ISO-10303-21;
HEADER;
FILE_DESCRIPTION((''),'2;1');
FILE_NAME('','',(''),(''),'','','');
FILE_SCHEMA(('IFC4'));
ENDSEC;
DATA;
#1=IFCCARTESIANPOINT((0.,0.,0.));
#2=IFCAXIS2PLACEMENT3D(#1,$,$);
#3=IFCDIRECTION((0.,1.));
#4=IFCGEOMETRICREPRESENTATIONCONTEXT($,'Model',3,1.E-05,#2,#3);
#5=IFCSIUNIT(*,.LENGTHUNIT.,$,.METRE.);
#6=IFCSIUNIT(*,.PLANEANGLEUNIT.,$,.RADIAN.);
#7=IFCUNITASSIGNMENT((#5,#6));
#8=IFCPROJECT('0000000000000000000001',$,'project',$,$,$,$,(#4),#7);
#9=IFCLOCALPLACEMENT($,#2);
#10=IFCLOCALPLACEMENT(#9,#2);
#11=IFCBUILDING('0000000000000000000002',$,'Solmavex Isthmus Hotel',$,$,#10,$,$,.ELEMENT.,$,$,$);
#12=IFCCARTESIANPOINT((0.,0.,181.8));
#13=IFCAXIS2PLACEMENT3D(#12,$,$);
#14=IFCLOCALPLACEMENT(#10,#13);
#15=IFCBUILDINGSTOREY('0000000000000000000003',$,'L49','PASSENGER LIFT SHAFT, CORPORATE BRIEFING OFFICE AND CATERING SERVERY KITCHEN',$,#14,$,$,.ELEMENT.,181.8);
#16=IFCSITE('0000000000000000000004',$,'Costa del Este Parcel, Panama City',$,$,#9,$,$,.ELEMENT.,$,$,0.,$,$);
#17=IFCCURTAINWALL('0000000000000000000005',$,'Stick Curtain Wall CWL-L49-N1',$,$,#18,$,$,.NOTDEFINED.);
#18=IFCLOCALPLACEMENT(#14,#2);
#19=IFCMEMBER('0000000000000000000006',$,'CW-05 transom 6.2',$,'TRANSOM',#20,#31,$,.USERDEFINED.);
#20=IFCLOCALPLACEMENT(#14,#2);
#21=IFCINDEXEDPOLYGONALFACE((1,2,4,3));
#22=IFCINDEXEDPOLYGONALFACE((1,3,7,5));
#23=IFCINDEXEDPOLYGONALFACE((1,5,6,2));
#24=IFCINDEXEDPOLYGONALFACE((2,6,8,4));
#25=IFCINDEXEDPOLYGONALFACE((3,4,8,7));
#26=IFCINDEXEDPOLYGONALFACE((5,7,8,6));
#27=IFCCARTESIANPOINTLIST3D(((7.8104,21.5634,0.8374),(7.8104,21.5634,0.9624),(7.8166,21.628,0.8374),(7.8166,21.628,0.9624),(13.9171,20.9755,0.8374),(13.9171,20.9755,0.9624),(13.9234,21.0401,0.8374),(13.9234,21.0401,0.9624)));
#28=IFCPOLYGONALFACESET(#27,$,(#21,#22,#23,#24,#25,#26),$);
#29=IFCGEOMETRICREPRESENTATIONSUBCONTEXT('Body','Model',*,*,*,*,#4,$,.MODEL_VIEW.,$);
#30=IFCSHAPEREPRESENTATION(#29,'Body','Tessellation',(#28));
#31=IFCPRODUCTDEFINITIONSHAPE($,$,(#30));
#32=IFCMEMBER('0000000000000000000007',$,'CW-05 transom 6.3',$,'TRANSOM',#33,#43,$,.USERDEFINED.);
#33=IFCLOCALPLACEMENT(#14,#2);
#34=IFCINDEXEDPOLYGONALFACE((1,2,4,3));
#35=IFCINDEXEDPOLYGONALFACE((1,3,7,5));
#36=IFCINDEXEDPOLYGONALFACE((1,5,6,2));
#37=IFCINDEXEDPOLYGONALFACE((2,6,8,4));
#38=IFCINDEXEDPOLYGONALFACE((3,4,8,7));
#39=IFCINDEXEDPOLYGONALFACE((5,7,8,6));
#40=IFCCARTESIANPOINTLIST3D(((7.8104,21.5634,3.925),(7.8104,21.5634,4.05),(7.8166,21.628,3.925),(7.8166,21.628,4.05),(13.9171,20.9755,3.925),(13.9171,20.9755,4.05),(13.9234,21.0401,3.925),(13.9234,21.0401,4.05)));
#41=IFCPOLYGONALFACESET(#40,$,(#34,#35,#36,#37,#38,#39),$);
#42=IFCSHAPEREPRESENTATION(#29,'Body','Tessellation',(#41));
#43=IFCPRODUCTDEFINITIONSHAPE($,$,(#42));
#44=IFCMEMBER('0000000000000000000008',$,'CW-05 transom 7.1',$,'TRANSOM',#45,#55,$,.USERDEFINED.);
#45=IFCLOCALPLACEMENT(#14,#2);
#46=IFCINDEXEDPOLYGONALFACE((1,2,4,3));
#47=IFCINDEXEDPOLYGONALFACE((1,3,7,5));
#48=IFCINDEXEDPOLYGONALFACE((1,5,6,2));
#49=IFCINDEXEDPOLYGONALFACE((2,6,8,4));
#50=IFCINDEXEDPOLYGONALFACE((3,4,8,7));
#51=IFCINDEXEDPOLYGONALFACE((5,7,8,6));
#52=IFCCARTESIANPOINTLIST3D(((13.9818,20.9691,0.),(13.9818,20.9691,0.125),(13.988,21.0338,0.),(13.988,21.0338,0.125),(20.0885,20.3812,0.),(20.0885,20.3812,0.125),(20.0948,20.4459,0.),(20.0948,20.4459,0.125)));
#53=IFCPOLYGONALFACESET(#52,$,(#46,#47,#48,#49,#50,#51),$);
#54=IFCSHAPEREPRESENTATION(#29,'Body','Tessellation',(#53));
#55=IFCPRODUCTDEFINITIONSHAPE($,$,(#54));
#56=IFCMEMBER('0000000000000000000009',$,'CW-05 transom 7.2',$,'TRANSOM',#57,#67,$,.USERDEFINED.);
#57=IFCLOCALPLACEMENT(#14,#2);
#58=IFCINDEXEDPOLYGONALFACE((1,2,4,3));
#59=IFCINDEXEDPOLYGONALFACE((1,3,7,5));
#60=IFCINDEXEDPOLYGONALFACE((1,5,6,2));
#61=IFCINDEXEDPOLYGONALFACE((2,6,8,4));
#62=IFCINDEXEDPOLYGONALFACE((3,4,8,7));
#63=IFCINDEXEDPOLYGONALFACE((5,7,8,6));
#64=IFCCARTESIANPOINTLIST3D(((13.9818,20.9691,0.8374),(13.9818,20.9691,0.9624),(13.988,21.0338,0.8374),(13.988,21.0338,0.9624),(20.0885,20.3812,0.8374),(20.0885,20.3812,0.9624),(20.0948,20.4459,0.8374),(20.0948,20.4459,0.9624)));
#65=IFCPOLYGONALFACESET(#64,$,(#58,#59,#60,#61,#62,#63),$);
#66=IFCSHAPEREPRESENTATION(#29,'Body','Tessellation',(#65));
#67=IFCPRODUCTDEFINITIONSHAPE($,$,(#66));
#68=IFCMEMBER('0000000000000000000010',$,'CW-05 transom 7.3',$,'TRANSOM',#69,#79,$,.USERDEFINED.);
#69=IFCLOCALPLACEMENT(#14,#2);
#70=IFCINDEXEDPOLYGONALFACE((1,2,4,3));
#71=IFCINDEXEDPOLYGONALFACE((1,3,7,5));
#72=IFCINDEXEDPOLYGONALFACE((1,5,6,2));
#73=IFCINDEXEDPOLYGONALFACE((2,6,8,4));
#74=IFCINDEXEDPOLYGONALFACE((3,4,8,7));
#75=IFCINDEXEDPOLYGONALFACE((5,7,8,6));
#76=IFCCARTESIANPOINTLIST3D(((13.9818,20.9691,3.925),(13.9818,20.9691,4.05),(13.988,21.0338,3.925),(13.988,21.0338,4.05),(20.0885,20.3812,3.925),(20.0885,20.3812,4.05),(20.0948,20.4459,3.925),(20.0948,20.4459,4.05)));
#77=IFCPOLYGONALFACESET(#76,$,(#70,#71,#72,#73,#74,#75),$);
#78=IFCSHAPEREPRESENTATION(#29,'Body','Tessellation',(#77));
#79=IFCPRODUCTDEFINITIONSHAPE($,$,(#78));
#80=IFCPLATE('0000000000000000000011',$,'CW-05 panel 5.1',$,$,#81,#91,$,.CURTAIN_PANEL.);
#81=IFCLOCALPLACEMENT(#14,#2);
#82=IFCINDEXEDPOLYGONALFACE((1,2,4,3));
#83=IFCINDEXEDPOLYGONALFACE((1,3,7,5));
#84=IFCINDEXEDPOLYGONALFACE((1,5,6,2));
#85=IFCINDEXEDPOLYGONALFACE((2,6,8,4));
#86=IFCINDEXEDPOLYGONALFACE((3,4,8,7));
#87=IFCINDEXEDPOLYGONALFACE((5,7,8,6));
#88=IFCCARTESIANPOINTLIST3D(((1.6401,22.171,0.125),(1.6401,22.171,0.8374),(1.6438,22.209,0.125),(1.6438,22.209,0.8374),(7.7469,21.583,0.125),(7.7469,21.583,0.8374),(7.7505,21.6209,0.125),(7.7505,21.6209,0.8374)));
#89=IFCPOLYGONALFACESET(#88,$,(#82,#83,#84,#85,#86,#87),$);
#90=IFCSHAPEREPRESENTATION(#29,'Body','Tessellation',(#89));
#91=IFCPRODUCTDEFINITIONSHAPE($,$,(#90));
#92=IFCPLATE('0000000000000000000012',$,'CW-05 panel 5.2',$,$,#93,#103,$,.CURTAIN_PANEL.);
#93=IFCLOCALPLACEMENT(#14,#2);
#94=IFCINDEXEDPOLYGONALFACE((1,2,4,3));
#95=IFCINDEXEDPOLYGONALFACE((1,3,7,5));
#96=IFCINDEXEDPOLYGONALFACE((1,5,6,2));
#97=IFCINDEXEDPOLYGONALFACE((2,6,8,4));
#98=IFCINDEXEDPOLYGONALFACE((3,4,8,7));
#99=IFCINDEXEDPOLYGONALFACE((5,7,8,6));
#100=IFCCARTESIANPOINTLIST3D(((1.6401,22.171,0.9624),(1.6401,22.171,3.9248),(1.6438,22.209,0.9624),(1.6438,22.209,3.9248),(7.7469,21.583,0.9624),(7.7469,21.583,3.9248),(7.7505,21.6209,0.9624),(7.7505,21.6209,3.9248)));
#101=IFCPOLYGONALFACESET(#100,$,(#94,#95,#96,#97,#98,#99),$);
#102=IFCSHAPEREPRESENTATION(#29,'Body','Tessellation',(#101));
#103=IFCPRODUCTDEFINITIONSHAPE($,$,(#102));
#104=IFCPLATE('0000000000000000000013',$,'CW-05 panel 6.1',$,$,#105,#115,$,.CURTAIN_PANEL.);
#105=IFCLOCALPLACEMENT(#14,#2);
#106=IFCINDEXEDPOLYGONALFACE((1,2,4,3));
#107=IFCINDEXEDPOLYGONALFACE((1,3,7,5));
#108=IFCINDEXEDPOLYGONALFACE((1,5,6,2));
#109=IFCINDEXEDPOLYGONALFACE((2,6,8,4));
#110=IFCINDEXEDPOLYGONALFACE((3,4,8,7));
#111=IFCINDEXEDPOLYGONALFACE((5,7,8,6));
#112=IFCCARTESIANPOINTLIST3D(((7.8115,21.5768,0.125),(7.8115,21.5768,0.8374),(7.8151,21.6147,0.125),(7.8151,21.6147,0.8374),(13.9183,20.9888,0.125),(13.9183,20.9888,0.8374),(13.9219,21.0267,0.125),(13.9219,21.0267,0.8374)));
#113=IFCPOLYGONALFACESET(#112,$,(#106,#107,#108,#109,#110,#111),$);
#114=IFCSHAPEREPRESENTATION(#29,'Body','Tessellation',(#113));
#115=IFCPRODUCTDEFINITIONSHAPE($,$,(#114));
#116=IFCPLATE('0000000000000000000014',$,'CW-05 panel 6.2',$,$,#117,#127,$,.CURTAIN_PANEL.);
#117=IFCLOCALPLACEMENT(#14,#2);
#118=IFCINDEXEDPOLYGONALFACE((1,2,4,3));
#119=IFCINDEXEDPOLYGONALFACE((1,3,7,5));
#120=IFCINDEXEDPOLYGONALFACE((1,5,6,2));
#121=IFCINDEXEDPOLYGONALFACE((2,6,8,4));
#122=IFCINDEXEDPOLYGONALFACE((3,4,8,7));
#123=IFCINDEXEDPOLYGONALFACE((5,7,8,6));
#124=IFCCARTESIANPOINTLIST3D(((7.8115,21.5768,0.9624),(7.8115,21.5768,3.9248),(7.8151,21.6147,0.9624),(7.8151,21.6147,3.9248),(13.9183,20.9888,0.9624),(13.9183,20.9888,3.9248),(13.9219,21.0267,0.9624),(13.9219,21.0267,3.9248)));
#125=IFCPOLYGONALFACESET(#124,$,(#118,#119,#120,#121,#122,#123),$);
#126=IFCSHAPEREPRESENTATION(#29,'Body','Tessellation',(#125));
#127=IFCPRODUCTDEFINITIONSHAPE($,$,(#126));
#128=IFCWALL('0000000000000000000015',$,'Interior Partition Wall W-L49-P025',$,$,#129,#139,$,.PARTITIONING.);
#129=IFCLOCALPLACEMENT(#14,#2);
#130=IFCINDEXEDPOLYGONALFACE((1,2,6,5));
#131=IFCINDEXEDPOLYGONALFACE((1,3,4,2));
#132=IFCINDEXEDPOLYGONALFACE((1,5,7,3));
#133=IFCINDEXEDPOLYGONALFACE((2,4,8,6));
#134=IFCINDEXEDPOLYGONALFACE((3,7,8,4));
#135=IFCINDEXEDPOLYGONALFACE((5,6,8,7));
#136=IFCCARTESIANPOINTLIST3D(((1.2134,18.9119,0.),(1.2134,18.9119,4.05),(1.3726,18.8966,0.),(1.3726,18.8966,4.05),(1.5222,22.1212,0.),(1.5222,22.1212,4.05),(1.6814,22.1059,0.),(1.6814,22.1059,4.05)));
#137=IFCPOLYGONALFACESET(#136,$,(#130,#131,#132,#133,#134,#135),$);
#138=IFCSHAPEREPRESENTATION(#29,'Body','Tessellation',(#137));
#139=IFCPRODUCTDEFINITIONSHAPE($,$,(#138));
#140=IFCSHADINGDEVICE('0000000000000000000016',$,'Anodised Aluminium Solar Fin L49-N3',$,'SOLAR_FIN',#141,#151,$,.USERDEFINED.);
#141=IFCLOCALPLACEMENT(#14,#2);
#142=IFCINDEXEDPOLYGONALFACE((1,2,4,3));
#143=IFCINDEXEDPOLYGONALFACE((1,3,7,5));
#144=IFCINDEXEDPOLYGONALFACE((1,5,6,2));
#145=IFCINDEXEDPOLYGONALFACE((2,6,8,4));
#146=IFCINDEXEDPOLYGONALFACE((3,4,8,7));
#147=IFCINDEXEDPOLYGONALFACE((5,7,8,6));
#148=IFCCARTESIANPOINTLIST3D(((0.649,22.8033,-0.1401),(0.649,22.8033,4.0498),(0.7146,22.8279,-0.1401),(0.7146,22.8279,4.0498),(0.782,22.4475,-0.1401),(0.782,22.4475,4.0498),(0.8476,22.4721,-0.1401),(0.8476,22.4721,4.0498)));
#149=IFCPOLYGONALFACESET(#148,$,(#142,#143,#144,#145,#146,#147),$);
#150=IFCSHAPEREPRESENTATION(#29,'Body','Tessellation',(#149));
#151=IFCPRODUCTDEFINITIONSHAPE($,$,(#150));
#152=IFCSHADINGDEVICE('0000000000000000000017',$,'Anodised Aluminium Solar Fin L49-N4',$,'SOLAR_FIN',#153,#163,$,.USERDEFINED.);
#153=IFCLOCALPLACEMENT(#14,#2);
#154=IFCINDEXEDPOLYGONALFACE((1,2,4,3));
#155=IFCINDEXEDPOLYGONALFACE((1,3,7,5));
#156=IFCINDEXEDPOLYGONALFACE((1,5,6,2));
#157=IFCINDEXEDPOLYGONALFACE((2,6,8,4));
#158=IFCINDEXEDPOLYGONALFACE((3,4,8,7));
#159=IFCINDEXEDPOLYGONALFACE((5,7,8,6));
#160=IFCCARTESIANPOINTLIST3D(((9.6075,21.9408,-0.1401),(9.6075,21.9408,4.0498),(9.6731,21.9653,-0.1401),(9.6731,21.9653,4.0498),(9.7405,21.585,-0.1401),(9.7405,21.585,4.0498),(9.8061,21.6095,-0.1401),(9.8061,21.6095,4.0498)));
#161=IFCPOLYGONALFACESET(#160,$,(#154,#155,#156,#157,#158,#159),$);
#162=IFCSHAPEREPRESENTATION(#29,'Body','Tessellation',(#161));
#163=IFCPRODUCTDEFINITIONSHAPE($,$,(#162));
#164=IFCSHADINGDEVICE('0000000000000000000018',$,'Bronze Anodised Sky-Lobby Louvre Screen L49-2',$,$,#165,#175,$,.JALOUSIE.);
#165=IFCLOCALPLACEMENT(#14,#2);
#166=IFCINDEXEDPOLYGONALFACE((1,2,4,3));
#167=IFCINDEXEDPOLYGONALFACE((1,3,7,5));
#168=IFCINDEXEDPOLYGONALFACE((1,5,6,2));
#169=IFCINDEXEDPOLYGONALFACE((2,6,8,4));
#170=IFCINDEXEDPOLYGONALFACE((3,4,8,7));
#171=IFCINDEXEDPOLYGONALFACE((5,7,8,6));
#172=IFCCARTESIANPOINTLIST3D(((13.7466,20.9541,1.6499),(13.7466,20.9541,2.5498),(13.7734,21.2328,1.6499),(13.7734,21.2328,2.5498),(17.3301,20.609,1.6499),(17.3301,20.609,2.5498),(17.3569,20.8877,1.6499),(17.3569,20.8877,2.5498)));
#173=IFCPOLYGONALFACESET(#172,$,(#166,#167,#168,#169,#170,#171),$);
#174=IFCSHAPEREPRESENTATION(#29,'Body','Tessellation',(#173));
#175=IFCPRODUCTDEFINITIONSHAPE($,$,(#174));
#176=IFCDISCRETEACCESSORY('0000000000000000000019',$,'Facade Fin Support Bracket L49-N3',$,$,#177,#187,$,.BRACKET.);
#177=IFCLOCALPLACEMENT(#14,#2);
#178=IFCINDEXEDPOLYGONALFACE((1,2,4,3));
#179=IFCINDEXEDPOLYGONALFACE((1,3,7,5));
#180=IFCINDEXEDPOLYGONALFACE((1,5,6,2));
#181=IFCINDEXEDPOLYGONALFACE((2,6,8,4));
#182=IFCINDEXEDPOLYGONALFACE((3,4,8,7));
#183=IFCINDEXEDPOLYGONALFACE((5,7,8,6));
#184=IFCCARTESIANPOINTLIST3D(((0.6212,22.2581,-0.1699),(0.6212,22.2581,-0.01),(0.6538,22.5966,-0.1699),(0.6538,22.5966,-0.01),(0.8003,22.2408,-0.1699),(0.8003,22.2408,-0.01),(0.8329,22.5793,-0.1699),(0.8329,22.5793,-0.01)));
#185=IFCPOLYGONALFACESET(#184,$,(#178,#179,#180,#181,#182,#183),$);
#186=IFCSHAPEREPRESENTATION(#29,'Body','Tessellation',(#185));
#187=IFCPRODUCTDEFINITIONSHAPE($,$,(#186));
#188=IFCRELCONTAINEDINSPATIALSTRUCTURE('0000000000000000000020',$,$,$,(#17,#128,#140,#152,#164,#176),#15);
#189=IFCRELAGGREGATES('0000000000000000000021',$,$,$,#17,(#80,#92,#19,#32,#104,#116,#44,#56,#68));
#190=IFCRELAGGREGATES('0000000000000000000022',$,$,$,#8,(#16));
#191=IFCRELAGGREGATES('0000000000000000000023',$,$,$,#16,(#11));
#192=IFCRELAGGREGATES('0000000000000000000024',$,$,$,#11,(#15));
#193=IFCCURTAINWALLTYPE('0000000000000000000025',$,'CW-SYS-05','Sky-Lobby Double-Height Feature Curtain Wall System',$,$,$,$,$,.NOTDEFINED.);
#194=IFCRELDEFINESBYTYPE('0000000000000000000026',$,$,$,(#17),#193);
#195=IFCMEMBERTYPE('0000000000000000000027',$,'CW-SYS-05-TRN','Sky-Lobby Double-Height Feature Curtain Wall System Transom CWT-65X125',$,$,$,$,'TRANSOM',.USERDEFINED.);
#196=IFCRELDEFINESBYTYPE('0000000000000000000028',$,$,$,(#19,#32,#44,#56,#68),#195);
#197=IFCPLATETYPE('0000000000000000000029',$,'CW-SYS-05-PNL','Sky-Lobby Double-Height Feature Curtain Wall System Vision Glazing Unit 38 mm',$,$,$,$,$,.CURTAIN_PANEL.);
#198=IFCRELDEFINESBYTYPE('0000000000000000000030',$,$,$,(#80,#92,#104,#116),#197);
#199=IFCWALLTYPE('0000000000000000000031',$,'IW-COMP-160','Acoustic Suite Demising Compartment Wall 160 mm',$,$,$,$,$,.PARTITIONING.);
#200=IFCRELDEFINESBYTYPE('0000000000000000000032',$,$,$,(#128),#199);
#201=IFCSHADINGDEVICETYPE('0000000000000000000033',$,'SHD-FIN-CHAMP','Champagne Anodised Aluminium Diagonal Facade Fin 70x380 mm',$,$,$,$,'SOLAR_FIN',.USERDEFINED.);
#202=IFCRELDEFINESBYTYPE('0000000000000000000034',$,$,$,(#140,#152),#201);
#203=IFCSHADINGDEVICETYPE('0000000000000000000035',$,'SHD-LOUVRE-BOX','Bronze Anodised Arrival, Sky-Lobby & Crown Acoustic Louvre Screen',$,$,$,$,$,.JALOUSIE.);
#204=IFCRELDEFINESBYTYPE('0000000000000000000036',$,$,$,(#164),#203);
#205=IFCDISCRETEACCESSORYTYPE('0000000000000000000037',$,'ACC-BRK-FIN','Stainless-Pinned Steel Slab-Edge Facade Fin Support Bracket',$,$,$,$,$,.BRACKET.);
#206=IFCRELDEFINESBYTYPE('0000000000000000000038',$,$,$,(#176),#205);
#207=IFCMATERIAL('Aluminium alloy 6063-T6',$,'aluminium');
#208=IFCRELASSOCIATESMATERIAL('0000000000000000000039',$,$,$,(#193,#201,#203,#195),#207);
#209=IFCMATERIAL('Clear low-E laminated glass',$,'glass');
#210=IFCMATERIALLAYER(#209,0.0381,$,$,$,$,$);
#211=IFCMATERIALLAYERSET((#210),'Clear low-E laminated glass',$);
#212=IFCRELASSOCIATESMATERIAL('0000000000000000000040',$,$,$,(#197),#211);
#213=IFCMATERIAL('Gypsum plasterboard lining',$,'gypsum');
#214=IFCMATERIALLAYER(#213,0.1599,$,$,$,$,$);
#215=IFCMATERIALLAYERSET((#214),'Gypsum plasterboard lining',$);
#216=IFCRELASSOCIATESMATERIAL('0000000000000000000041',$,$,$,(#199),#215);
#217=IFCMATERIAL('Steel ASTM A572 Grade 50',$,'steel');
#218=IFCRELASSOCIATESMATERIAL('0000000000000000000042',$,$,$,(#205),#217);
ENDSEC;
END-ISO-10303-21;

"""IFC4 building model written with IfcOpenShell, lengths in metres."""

from ifc_helpers import new_model, si_unit, direction, frame, frame_2d, origin, origin_2d, place, context, subcontext, project, spatial, rectangle, extrude, material, layer, layer_set, material_profile, profile_set, type_object, element, aggregate, save


model = new_model("IFC4")

# Units and contexts
model_context = context("Model", 3, precision=1e-05, world=origin(), true_north=direction((0.0, 1.0)))
body_context = subcontext(model_context, "Body", "Model", "MODEL_VIEW")
ifc_project = project(units=[si_unit("LENGTHUNIT", "METRE"), si_unit("PLANEANGLEUNIT", "RADIAN")], contexts=[model_context])

# Site, building, storey
site_placement = place(None, origin())
site = spatial("IfcSite", under=ifc_project, at=site_placement, Name="Costa del Este Parcel, Panama City", CompositionType="ELEMENT", RefElevation=0.0)
building_placement = place(site_placement, origin())
building = spatial("IfcBuilding", under=site, at=building_placement, Name="Solmavex Isthmus Hotel", CompositionType="ELEMENT")
storey_placement = place(building_placement, frame((0.0, 0.0, 181.8)))
storey = spatial("IfcBuildingStorey", under=building, at=storey_placement, Name="L49", Description="PASSENGER LIFT SHAFT, CORPORATE BRIEFING OFFICE AND CATERING SERVERY KITCHEN", CompositionType="ELEMENT", Elevation=181.8)

# Curtain wall, members, plates
ifc_material_1 = material(Name="Aluminium alloy 6063-T6", Category="aluminium")
curtain_wall_type = type_object("IfcCurtainWallType", Name="CW-SYS-05", Description="Sky-Lobby Double-Height Feature Curtain Wall System", PredefinedType="NOTDEFINED", material=ifc_material_1)
curtain_wall_placement = place(storey_placement, origin())
curtain_wall = element("IfcCurtainWall", 1, at=curtain_wall_placement, inside=storey, type_object=curtain_wall_type, Name="Stick Curtain Wall CWL-L49-N1", PredefinedType="NOTDEFINED")
ifc_material_profile_1 = material_profile(ifc_material_1, rectangle(XDim=0.0649, YDim=0.125, at=origin_2d()), Name="CWT-65X125")
ifc_profile_set_1 = profile_set([ifc_material_profile_1], Name="Aluminium alloy 6063-T6")
member_type_1 = type_object("IfcMemberType", Name="CW-SYS-05-TRN", Description="Sky-Lobby Double-Height Feature Curtain Wall System Transom CWT-65X125", ElementType="TRANSOM", PredefinedType="USERDEFINED", material=ifc_profile_set_1)
member_1_placement = place(storey_placement, frame((7.8135, 21.5957, 0.8999), z_axis=(0.995398, -0.095827, 0.0), x_axis=(0.095827, 0.995398, 0.0)))
member_1 = element("IfcMember", 2, at=member_1_placement, type_object=member_type_1, Name="CW-05 transom 6.2", ObjectType="TRANSOM", PredefinedType="USERDEFINED", context=body_context, shape_type="SweptSolid", body=[
    extrude(rectangle(XDim=0.0649, YDim=0.125, at=origin_2d()), origin(), (0.0, 0.0, 1.0), 6.135),
])
member_2_placement = place(storey_placement, frame((7.8135, 21.5957, 3.9875), z_axis=(0.995398, -0.095827, 0.0), x_axis=(0.095827, 0.995398, 0.0)))
member_2 = element("IfcMember", 3, at=member_2_placement, type_object=member_type_1, Name="CW-05 transom 6.3", ObjectType="TRANSOM", PredefinedType="USERDEFINED", context=body_context, shape_type="SweptSolid", body=[
    extrude(rectangle(XDim=0.0649, YDim=0.125, at=origin_2d()), origin(), (0.0, 0.0, 1.0), 6.135),
])
member_3_placement = place(storey_placement, frame((13.9849, 21.0015, 0.0625), z_axis=(0.995398, -0.095827, 0.0), x_axis=(0.095827, 0.995398, 0.0)))
member_3 = element("IfcMember", 4, at=member_3_placement, type_object=member_type_1, Name="CW-05 transom 7.1", ObjectType="TRANSOM", PredefinedType="USERDEFINED", context=body_context, shape_type="SweptSolid", body=[
    extrude(rectangle(XDim=0.0649, YDim=0.125, at=origin_2d()), origin(), (0.0, 0.0, 1.0), 6.135),
])
member_4_placement = place(storey_placement, frame((13.9849, 21.0015, 0.8999), z_axis=(0.995398, -0.095827, 0.0), x_axis=(0.095827, 0.995398, 0.0)))
member_4 = element("IfcMember", 5, at=member_4_placement, type_object=member_type_1, Name="CW-05 transom 7.2", ObjectType="TRANSOM", PredefinedType="USERDEFINED", context=body_context, shape_type="SweptSolid", body=[
    extrude(rectangle(XDim=0.0649, YDim=0.125, at=origin_2d()), origin(), (0.0, 0.0, 1.0), 6.135),
])
member_5_placement = place(storey_placement, frame((13.9849, 21.0015, 3.9875), z_axis=(0.995398, -0.095827, 0.0), x_axis=(0.095827, 0.995398, 0.0)))
member_5 = element("IfcMember", 6, at=member_5_placement, type_object=member_type_1, Name="CW-05 transom 7.3", ObjectType="TRANSOM", PredefinedType="USERDEFINED", context=body_context, shape_type="SweptSolid", body=[
    extrude(rectangle(XDim=0.0649, YDim=0.125, at=origin_2d()), origin(), (0.0, 0.0, 1.0), 6.135),
])
ifc_material_2 = material(Name="Clear low-E laminated glass", Category="glass")
ifc_layer_1 = layer(ifc_material_2, 0.0381)
ifc_layer_set_1 = layer_set([ifc_layer_1], Name="Clear low-E laminated glass")
plate_type = type_object("IfcPlateType", Name="CW-SYS-05-PNL", Description="Sky-Lobby Double-Height Feature Curtain Wall System Vision Glazing Unit 38 mm", PredefinedType="CURTAIN_PANEL", material=ifc_layer_set_1)
plate_1_placement = place(storey_placement, frame((4.6953, 21.896, 0.125), z_axis=(0.0, 0.0, 1.0), x_axis=(0.995396, -0.095846, 0.0)))
plate_1 = element("IfcPlate", 7, at=plate_1_placement, type_object=plate_type, Name="CW-05 panel 5.1", PredefinedType="CURTAIN_PANEL", context=body_context, shape_type="SweptSolid", body=[
    extrude(rectangle(XDim=6.135, YDim=0.0381, at=origin_2d()), origin(), (0.0, 0.0, 1.0), 0.7124),
])
plate_2_placement = place(storey_placement, frame((4.6953, 21.896, 0.9624), z_axis=(0.0, 0.0, 1.0), x_axis=(0.995396, -0.095846, 0.0)))
plate_2 = element("IfcPlate", 8, at=plate_2_placement, type_object=plate_type, Name="CW-05 panel 5.2", PredefinedType="CURTAIN_PANEL", context=body_context, shape_type="SweptSolid", body=[
    extrude(rectangle(XDim=6.135, YDim=0.0381, at=origin_2d()), origin(), (0.0, 0.0, 1.0), 2.9624),
])
plate_3_placement = place(storey_placement, frame((10.8667, 21.3018, 0.125), z_axis=(0.0, 0.0, 1.0), x_axis=(0.995396, -0.095846, 0.0)))
plate_3 = element("IfcPlate", 9, at=plate_3_placement, type_object=plate_type, Name="CW-05 panel 6.1", PredefinedType="CURTAIN_PANEL", context=body_context, shape_type="SweptSolid", body=[
    extrude(rectangle(XDim=6.135, YDim=0.0381, at=origin_2d()), origin(), (0.0, 0.0, 1.0), 0.7124),
])
plate_4_placement = place(storey_placement, frame((10.8667, 21.3018, 0.9624), z_axis=(0.0, 0.0, 1.0), x_axis=(0.995396, -0.095846, 0.0)))
plate_4 = element("IfcPlate", 10, at=plate_4_placement, type_object=plate_type, Name="CW-05 panel 6.2", PredefinedType="CURTAIN_PANEL", context=body_context, shape_type="SweptSolid", body=[
    extrude(rectangle(XDim=6.135, YDim=0.0381, at=origin_2d()), origin(), (0.0, 0.0, 1.0), 2.9624),
])
aggregate(curtain_wall, [plate_1, plate_2, member_1, member_2, plate_3, plate_4, member_3, member_4, member_5])

# Wall
ifc_material_3 = material(Name="Gypsum plasterboard lining", Category="gypsum")
ifc_layer_2 = layer(ifc_material_3, 0.1599)
ifc_layer_set_2 = layer_set([ifc_layer_2], Name="Gypsum plasterboard lining")
wall_type = type_object("IfcWallType", Name="IW-COMP-160", Description="Acoustic Suite Demising Compartment Wall 160 mm", PredefinedType="PARTITIONING", material=ifc_layer_set_2)
wall_placement = place(storey_placement, frame((1.6018, 22.1135, 0.0), z_axis=(0.0, 0.0, 1.0), x_axis=(-0.095792, -0.995401, 0.0)))
element("IfcWall", 11, at=wall_placement, inside=storey, type_object=wall_type, Name="Interior Partition Wall W-L49-P025", PredefinedType="PARTITIONING", context=body_context, shape_type="SweptSolid", body=[
    extrude(rectangle(XDim=3.2241, YDim=0.1599, at=frame_2d((1.6121, 0.0))), origin(), (0.0, 0.0, 1.0), 4.05),
])

# Shading devices
shading_device_type_1 = type_object("IfcShadingDeviceType", Name="SHD-FIN-CHAMP", Description="Champagne Anodised Aluminium Diagonal Facade Fin 70x380 mm", ElementType="SOLAR_FIN", PredefinedType="USERDEFINED", material=ifc_material_1)
for number, where, z_axis, x_axis, name in (
    (12, (0.7483, 22.6377, -0.1401), (0.0, 0.0, 1.0), (-0.350207, 0.936672, 0.0), "Anodised Aluminium Solar Fin L49-N3"),
    (13, (9.7068, 21.7751, -0.1401), (0.0, 0.0, 1.0), (-0.350207, 0.936672, 0.0), "Anodised Aluminium Solar Fin L49-N4"),
):
    element("IfcShadingDevice", number, at=place(storey_placement, frame(where, z_axis=z_axis, x_axis=x_axis)), inside=storey, type_object=shading_device_type_1, Name=name, ObjectType="SOLAR_FIN", PredefinedType="USERDEFINED", context=body_context, shape_type="SweptSolid", body=[
        extrude(rectangle(XDim=0.3799, YDim=0.0701, at=origin_2d()), origin(), (0.0, 0.0, 1.0), 4.1899),
    ])
shading_device_type_2 = type_object("IfcShadingDeviceType", Name="SHD-LOUVRE-BOX", Description="Bronze Anodised Arrival, Sky-Lobby & Crown Acoustic Louvre Screen", PredefinedType="JALOUSIE", material=ifc_material_1)
shading_device_placement = place(storey_placement, frame((15.5518, 20.9209, 1.6499), z_axis=(0.0, 0.0, 1.0), x_axis=(0.995396, -0.095846, 0.0)))
element("IfcShadingDevice", 14, at=shading_device_placement, inside=storey, type_object=shading_device_type_2, Name="Bronze Anodised Sky-Lobby Louvre Screen L49-2", PredefinedType="JALOUSIE", context=body_context, shape_type="SweptSolid", body=[
    extrude(rectangle(XDim=3.6001, YDim=0.28, at=origin_2d()), origin(), (0.0, 0.0, 1.0), 0.8999),
])

# Discrete accessory
ifc_material_4 = material(Name="Steel ASTM A572 Grade 50", Category="steel")
discrete_accessory_type = type_object("IfcDiscreteAccessoryType", Name="ACC-BRK-FIN", Description="Stainless-Pinned Steel Slab-Edge Facade Fin Support Bracket", PredefinedType="BRACKET", material=ifc_material_4)
for number, where, z_axis, x_axis, name in (
    (15, (0.7271, 22.4187, -0.1699), (0.0, 0.0, 1.0), (0.095846, 0.995396, 0.0), "Facade Fin Support Bracket L49-N3"),
):
    element("IfcDiscreteAccessory", number, at=place(storey_placement, frame(where, z_axis=z_axis, x_axis=x_axis)), inside=storey, type_object=discrete_accessory_type, Name=name, PredefinedType="BRACKET", context=body_context, shape_type="SweptSolid", body=[
        extrude(rectangle(XDim=0.3401, YDim=0.1799, at=origin_2d()), origin(), (0.0, 0.0, 1.0), 0.1599),
    ])

save(model, "model.ifc")
